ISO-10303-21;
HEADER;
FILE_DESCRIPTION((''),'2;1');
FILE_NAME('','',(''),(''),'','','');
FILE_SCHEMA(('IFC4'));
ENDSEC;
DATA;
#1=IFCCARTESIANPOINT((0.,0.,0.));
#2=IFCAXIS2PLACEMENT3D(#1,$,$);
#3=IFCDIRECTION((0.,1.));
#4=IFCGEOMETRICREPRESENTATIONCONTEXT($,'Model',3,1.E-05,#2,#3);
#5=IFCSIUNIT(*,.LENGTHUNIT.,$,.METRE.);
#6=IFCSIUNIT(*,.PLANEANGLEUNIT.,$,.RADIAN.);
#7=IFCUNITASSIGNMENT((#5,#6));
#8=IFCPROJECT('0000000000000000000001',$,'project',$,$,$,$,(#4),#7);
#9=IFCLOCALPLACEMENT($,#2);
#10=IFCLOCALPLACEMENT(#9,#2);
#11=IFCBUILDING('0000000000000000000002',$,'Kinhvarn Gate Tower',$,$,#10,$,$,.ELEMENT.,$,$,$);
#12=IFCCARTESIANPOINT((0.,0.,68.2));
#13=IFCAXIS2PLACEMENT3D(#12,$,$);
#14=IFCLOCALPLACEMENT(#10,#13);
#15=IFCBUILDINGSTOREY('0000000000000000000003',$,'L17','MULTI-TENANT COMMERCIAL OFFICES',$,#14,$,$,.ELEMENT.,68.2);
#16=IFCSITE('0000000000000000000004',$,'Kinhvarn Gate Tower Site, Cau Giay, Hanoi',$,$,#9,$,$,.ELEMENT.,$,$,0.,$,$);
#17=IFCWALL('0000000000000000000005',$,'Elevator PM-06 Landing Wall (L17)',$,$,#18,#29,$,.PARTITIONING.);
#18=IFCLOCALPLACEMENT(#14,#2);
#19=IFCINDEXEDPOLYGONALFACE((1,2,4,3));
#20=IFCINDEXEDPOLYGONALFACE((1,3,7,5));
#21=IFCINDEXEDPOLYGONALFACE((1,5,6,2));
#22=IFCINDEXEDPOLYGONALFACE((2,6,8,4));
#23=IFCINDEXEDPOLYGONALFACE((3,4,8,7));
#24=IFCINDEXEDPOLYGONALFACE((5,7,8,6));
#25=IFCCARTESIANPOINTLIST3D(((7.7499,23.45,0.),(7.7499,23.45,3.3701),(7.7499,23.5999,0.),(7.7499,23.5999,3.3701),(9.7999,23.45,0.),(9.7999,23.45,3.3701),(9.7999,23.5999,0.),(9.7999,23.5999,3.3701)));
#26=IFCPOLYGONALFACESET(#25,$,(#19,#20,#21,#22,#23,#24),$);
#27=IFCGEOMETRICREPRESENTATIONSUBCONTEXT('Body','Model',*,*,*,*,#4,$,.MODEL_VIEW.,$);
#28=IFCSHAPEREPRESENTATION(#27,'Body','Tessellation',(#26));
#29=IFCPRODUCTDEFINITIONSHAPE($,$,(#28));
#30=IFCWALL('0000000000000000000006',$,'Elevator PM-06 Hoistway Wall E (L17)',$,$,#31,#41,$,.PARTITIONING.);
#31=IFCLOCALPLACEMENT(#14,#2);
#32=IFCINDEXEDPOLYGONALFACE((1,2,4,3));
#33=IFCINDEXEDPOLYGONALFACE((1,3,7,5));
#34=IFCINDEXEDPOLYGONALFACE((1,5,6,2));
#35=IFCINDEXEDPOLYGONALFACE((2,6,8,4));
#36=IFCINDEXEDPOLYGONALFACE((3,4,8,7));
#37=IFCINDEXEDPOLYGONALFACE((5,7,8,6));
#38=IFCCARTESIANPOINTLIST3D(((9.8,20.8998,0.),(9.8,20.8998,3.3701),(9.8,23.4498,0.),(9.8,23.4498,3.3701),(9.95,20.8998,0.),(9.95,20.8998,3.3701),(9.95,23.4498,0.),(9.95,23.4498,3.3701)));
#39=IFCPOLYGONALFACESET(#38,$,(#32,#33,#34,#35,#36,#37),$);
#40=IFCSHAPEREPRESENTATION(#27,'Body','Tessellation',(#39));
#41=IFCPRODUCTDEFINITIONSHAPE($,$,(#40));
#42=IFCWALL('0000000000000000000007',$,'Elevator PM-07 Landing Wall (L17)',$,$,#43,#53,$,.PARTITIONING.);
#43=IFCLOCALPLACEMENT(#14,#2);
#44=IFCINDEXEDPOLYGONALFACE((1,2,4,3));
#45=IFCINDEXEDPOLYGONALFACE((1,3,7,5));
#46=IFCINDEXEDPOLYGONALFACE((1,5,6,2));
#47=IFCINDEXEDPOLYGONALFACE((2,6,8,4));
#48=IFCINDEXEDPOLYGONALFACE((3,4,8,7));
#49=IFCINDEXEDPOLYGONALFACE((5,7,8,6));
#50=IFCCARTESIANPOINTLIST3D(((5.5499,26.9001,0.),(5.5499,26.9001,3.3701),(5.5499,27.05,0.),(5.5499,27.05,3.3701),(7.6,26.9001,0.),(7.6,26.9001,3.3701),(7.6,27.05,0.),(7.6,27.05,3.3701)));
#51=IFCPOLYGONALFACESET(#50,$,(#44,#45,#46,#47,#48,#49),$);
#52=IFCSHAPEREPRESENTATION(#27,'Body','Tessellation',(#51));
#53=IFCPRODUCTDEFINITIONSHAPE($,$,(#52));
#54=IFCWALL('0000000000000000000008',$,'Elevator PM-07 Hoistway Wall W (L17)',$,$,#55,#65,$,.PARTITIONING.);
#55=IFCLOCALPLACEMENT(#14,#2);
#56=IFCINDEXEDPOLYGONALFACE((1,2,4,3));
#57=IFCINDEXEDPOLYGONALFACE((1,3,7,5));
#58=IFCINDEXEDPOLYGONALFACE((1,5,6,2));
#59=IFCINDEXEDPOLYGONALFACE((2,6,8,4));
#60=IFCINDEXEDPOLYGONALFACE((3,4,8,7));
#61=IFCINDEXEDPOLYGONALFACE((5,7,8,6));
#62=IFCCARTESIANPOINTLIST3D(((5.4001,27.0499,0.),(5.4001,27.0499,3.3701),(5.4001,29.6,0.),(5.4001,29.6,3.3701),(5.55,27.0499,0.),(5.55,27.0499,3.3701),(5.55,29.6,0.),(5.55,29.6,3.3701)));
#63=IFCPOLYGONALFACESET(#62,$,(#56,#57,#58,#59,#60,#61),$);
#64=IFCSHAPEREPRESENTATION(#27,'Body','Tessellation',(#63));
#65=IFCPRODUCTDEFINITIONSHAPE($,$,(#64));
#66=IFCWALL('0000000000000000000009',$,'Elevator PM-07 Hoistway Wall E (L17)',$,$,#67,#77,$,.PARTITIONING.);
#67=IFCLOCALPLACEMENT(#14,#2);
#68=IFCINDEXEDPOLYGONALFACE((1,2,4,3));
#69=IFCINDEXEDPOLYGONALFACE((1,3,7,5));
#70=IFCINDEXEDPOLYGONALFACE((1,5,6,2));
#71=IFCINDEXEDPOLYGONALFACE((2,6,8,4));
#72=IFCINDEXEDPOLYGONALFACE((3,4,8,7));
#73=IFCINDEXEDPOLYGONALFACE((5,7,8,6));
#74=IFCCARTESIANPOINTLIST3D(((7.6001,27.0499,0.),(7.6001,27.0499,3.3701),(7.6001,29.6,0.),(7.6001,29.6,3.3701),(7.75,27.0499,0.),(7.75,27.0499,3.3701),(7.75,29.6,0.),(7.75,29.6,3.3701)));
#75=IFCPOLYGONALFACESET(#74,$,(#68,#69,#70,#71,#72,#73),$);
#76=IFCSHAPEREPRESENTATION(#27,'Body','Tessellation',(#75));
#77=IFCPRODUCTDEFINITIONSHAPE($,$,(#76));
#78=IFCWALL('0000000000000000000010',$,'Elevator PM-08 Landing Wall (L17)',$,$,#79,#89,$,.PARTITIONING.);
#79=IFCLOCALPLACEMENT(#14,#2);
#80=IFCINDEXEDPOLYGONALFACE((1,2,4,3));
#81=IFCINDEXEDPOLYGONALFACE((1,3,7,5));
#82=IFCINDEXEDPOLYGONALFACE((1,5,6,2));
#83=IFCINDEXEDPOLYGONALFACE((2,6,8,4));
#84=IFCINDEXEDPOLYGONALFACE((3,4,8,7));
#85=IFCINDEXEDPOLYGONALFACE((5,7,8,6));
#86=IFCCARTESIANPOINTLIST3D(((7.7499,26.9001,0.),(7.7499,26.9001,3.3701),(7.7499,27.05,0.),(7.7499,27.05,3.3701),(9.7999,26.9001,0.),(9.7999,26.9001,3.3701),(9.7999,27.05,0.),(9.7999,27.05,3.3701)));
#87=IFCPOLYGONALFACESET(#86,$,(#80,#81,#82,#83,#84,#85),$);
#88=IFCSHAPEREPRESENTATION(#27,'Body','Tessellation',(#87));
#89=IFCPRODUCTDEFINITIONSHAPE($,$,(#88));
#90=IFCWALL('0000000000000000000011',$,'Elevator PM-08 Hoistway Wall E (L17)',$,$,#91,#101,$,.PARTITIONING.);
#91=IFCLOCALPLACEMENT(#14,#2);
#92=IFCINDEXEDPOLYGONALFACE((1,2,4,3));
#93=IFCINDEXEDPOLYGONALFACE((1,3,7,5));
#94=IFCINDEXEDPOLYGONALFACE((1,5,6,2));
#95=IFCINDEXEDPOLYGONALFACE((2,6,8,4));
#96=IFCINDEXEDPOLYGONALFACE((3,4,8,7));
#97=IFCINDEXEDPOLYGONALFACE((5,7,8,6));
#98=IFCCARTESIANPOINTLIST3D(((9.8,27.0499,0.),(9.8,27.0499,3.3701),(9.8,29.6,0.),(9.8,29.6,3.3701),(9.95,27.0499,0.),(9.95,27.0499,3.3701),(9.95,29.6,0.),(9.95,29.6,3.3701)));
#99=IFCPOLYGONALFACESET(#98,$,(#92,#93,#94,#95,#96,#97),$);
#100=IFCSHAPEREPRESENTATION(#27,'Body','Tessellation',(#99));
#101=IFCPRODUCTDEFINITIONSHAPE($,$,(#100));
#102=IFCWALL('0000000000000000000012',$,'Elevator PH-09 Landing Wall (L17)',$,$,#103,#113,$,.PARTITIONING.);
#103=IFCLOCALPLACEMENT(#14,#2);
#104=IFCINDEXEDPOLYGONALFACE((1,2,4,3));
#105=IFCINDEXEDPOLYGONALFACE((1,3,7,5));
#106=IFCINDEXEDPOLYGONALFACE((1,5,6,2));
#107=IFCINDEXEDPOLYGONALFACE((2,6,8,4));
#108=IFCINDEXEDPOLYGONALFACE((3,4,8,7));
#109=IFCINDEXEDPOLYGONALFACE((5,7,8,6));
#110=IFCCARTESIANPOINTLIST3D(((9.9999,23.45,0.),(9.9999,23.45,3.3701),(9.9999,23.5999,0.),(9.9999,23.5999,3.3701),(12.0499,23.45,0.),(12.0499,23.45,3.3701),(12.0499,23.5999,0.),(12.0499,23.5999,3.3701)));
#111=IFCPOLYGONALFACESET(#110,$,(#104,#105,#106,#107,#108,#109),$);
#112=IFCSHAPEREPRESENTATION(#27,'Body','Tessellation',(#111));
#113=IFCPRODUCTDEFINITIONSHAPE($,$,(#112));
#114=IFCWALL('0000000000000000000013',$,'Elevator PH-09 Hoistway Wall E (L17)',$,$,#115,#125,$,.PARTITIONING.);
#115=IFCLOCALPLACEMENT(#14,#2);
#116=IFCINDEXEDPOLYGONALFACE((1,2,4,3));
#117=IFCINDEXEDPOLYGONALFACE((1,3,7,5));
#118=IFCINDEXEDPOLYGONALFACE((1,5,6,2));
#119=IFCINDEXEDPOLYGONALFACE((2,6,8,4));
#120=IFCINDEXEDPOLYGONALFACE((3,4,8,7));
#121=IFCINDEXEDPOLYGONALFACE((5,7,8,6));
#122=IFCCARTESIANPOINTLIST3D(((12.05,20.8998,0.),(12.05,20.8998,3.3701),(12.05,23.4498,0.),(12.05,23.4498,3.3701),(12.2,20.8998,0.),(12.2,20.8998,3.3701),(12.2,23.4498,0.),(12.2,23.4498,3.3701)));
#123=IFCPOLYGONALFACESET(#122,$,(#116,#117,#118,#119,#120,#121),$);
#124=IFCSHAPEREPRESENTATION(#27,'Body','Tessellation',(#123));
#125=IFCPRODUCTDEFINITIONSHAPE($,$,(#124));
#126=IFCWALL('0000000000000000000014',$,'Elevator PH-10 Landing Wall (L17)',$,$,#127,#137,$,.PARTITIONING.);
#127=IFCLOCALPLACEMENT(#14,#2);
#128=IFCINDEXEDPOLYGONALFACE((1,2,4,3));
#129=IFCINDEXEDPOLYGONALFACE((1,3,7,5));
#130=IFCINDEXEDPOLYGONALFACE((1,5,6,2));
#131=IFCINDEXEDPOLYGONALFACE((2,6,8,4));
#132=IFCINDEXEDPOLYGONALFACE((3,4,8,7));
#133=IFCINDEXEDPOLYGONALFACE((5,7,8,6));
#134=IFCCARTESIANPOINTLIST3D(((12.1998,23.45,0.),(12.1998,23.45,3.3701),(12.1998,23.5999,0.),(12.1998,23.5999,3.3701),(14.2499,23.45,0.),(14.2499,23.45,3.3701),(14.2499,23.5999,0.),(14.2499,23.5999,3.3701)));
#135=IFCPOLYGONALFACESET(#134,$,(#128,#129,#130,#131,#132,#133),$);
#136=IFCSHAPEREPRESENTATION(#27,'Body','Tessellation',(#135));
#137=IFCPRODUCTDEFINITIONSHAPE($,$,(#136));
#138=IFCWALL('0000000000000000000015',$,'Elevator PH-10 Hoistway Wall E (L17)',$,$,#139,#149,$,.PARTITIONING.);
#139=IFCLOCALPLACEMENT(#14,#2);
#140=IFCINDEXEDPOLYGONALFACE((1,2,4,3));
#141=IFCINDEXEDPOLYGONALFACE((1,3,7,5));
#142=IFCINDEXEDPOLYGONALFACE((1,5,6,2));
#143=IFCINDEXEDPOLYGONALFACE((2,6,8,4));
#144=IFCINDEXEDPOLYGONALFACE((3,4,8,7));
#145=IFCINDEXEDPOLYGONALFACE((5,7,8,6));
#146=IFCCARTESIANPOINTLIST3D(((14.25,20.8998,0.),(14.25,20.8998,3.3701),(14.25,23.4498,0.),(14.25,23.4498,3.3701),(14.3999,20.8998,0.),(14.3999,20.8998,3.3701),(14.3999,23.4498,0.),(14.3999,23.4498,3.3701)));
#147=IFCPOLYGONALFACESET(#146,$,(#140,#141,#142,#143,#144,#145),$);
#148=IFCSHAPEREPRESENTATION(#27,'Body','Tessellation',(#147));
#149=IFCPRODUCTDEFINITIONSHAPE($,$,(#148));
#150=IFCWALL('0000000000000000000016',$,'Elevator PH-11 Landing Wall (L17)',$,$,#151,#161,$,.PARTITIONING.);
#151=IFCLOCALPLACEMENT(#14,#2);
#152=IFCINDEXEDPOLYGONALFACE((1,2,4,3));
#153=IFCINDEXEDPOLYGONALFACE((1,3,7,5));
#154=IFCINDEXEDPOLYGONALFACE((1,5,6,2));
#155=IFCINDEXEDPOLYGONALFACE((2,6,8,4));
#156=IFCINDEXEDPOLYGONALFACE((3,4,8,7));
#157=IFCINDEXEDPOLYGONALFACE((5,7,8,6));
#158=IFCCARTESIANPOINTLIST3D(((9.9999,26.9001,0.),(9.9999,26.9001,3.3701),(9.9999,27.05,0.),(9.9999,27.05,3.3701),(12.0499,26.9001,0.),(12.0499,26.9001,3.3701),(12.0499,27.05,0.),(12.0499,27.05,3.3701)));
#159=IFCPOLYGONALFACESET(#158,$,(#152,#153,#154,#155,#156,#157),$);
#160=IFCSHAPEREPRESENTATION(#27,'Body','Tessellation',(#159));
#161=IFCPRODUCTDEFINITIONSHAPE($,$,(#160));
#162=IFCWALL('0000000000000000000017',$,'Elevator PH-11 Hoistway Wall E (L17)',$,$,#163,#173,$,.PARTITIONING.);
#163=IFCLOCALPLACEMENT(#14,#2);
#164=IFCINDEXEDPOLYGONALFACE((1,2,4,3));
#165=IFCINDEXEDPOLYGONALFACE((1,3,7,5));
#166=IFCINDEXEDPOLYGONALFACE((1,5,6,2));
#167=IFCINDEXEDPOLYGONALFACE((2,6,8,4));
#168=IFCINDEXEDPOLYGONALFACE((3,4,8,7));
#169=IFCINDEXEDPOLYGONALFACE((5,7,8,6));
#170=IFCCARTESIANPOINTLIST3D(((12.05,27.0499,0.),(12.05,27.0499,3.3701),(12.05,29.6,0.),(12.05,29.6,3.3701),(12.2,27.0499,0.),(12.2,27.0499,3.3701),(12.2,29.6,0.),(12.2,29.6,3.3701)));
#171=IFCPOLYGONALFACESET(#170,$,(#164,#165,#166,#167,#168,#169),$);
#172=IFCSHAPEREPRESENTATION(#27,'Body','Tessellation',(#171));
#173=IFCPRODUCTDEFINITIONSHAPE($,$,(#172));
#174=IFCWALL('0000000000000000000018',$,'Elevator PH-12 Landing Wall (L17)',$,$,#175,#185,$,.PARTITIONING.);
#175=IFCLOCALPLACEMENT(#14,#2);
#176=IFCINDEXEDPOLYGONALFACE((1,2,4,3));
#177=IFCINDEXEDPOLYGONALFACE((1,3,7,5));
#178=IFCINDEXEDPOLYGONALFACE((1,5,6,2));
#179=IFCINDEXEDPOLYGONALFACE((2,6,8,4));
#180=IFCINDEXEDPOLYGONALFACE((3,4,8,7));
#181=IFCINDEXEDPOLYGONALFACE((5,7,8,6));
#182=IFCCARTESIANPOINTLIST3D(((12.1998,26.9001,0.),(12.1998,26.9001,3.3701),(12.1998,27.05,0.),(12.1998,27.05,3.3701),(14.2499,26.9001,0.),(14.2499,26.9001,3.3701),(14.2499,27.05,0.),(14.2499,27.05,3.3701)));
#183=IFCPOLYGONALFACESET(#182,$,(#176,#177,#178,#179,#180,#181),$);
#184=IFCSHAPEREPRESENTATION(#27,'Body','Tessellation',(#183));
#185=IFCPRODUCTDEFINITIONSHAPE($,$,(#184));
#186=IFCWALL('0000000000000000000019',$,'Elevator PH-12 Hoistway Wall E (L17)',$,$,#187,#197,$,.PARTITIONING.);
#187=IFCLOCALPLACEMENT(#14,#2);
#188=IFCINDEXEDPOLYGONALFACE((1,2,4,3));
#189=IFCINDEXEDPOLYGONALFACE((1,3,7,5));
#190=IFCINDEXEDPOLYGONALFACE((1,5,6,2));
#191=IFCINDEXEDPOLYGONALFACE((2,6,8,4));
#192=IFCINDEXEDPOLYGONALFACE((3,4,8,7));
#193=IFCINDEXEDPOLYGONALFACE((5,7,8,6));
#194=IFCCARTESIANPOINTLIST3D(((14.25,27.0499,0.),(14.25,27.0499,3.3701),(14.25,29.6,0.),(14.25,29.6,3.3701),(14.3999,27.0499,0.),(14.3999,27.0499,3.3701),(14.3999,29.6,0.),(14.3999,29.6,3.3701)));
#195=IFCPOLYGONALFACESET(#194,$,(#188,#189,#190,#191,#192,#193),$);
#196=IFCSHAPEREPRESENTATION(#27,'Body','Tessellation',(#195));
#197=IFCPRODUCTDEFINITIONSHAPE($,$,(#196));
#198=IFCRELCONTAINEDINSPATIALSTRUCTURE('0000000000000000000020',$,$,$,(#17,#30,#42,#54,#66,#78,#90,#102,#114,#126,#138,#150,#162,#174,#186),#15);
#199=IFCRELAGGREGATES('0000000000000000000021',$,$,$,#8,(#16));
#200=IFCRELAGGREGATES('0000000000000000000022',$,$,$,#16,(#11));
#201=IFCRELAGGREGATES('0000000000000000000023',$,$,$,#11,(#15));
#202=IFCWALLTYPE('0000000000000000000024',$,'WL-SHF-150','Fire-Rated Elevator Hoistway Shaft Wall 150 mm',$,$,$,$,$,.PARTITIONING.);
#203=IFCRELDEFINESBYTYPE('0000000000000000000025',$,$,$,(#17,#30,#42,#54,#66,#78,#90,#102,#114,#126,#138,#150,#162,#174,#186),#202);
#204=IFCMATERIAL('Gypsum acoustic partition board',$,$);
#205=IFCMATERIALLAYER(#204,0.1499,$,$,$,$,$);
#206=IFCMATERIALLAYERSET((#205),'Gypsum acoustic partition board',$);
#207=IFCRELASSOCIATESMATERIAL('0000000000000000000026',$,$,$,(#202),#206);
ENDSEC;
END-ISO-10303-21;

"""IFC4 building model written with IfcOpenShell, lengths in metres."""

from ifc_helpers import new_model, si_unit, direction, frame, frame_2d, origin, place, context, subcontext, project, spatial, rectangle, extrude, material, layer, layer_set, type_object, element, save


model = new_model("IFC4")

# Units and contexts
model_context = context("Model", 3, precision=1e-05, world=origin(), true_north=direction((0.0, 1.0)))
body_context = subcontext(model_context, "Body", "Model", "MODEL_VIEW")
ifc_project = project(units=[si_unit("LENGTHUNIT", "METRE"), si_unit("PLANEANGLEUNIT", "RADIAN")], contexts=[model_context])

# Site, building, storey
site_placement = place(None, origin())
site = spatial("IfcSite", under=ifc_project, at=site_placement, Name="Kinhvarn Gate Tower Site, Cau Giay, Hanoi", CompositionType="ELEMENT", RefElevation=0.0)
building_placement = place(site_placement, origin())
building = spatial("IfcBuilding", under=site, at=building_placement, Name="Kinhvarn Gate Tower", CompositionType="ELEMENT")
storey_placement = place(building_placement, frame((0.0, 0.0, 68.2)))
storey = spatial("IfcBuildingStorey", under=building, at=storey_placement, Name="L17", Description="MULTI-TENANT COMMERCIAL OFFICES", CompositionType="ELEMENT", Elevation=68.2)

# Shared definitions
ifc_material_1 = material(Name="Gypsum acoustic partition board")

# Walls
ifc_layer_1 = layer(ifc_material_1, 0.1499)
ifc_layer_set_1 = layer_set([ifc_layer_1], Name="Gypsum acoustic partition board")
wall_type_1 = type_object("IfcWallType", Name="WL-SHF-150", Description="Fire-Rated Elevator Hoistway Shaft Wall 150 mm", PredefinedType="PARTITIONING", material=ifc_layer_set_1)
wall_1_placement = place(storey_placement, frame((7.75, 23.5249, 0.0), z_axis=(0.0, 0.0, 1.0), x_axis=(1.0, 0.0, 0.0)))
element("IfcWall", 1, at=wall_1_placement, inside=storey, type_object=wall_type_1, Name="Elevator PM-06 Landing Wall (L17)", PredefinedType="PARTITIONING", context=body_context, shape_type="SweptSolid", body=[
    extrude(rectangle(XDim=2.05, YDim=0.1499, at=frame_2d((1.0249, 0.0))), origin(), (0.0, 0.0, 1.0), 3.3701),
])
wall_2_placement = place(storey_placement, frame((9.875, 20.8999, 0.0), z_axis=(0.0, 0.0, 1.0), x_axis=(0.0, 1.0, 0.0)))
element("IfcWall", 2, at=wall_2_placement, inside=storey, type_object=wall_type_1, Name="Elevator PM-06 Hoistway Wall E (L17)", PredefinedType="PARTITIONING", context=body_context, shape_type="SweptSolid", body=[
    extrude(rectangle(XDim=2.55, YDim=0.1499, at=frame_2d((1.2749, 0.0))), origin(), (0.0, 0.0, 1.0), 3.3701),
])
wall_3_placement = place(storey_placement, frame((5.55, 26.9751, 0.0), z_axis=(0.0, 0.0, 1.0), x_axis=(1.0, 0.0, 0.0)))
element("IfcWall", 3, at=wall_3_placement, inside=storey, type_object=wall_type_1, Name="Elevator PM-07 Landing Wall (L17)", PredefinedType="PARTITIONING", context=body_context, shape_type="SweptSolid", body=[
    extrude(rectangle(XDim=2.05, YDim=0.1499, at=frame_2d((1.0249, 0.0))), origin(), (0.0, 0.0, 1.0), 3.3701),
])
for number, where, z_axis, x_axis, name in (
    (4, (5.4751, 27.05, 0.0), (0.0, 0.0, 1.0), (0.0, 1.0, 0.0), "Elevator PM-07 Hoistway Wall W (L17)"),
    (5, (7.675, 27.05, 0.0), (0.0, 0.0, 1.0), (0.0, 1.0, 0.0), "Elevator PM-07 Hoistway Wall E (L17)"),
):
    element("IfcWall", number, at=place(storey_placement, frame(where, z_axis=z_axis, x_axis=x_axis)), inside=storey, type_object=wall_type_1, Name=name, PredefinedType="PARTITIONING", context=body_context, shape_type="SweptSolid", body=[
        extrude(rectangle(XDim=2.55, YDim=0.1499, at=frame_2d((1.2749, 0.0))), origin(), (0.0, 0.0, 1.0), 3.3701),
    ])
wall_4_placement = place(storey_placement, frame((7.75, 26.9751, 0.0), z_axis=(0.0, 0.0, 1.0), x_axis=(1.0, 0.0, 0.0)))
element("IfcWall", 6, at=wall_4_placement, inside=storey, type_object=wall_type_1, Name="Elevator PM-08 Landing Wall (L17)", PredefinedType="PARTITIONING", context=body_context, shape_type="SweptSolid", body=[
    extrude(rectangle(XDim=2.05, YDim=0.1499, at=frame_2d((1.0249, 0.0))), origin(), (0.0, 0.0, 1.0), 3.3701),
])
wall_5_placement = place(storey_placement, frame((9.875, 27.05, 0.0), z_axis=(0.0, 0.0, 1.0), x_axis=(0.0, 1.0, 0.0)))
element("IfcWall", 7, at=wall_5_placement, inside=storey, type_object=wall_type_1, Name="Elevator PM-08 Hoistway Wall E (L17)", PredefinedType="PARTITIONING", context=body_context, shape_type="SweptSolid", body=[
    extrude(rectangle(XDim=2.55, YDim=0.1499, at=frame_2d((1.2749, 0.0))), origin(), (0.0, 0.0, 1.0), 3.3701),
])
wall_6_placement = place(storey_placement, frame((10.0, 23.5249, 0.0), z_axis=(0.0, 0.0, 1.0), x_axis=(1.0, 0.0, 0.0)))
element("IfcWall", 8, at=wall_6_placement, inside=storey, type_object=wall_type_1, Name="Elevator PH-09 Landing Wall (L17)", PredefinedType="PARTITIONING", context=body_context, shape_type="SweptSolid", body=[
    extrude(rectangle(XDim=2.05, YDim=0.1499, at=frame_2d((1.0249, 0.0))), origin(), (0.0, 0.0, 1.0), 3.3701),
])
wall_7_placement = place(storey_placement, frame((12.125, 20.8999, 0.0), z_axis=(0.0, 0.0, 1.0), x_axis=(0.0, 1.0, 0.0)))
element("IfcWall", 9, at=wall_7_placement, inside=storey, type_object=wall_type_1, Name="Elevator PH-09 Hoistway Wall E (L17)", PredefinedType="PARTITIONING", context=body_context, shape_type="SweptSolid", body=[
    extrude(rectangle(XDim=2.55, YDim=0.1499, at=frame_2d((1.2749, 0.0))), origin(), (0.0, 0.0, 1.0), 3.3701),
])
wall_8_placement = place(storey_placement, frame((12.2, 23.5249, 0.0), z_axis=(0.0, 0.0, 1.0), x_axis=(1.0, 0.0, 0.0)))
element("IfcWall", 10, at=wall_8_placement, inside=storey, type_object=wall_type_1, Name="Elevator PH-10 Landing Wall (L17)", PredefinedType="PARTITIONING", context=body_context, shape_type="SweptSolid", body=[
    extrude(rectangle(XDim=2.05, YDim=0.1499, at=frame_2d((1.0249, 0.0))), origin(), (0.0, 0.0, 1.0), 3.3701),
])
wall_9_placement = place(storey_placement, frame((14.325, 20.8999, 0.0), z_axis=(0.0, 0.0, 1.0), x_axis=(0.0, 1.0, 0.0)))
element("IfcWall", 11, at=wall_9_placement, inside=storey, type_object=wall_type_1, Name="Elevator PH-10 Hoistway Wall E (L17)", PredefinedType="PARTITIONING", context=body_context, shape_type="SweptSolid", body=[
    extrude(rectangle(XDim=2.55, YDim=0.1499, at=frame_2d((1.2749, 0.0))), origin(), (0.0, 0.0, 1.0), 3.3701),
])
wall_10_placement = place(storey_placement, frame((10.0, 26.9751, 0.0), z_axis=(0.0, 0.0, 1.0), x_axis=(1.0, 0.0, 0.0)))
element("IfcWall", 12, at=wall_10_placement, inside=storey, type_object=wall_type_1, Name="Elevator PH-11 Landing Wall (L17)", PredefinedType="PARTITIONING", context=body_context, shape_type="SweptSolid", body=[
    extrude(rectangle(XDim=2.05, YDim=0.1499, at=frame_2d((1.0249, 0.0))), origin(), (0.0, 0.0, 1.0), 3.3701),
])
wall_11_placement = place(storey_placement, frame((12.125, 27.05, 0.0), z_axis=(0.0, 0.0, 1.0), x_axis=(0.0, 1.0, 0.0)))
element("IfcWall", 13, at=wall_11_placement, inside=storey, type_object=wall_type_1, Name="Elevator PH-11 Hoistway Wall E (L17)", PredefinedType="PARTITIONING", context=body_context, shape_type="SweptSolid", body=[
    extrude(rectangle(XDim=2.55, YDim=0.1499, at=frame_2d((1.2749, 0.0))), origin(), (0.0, 0.0, 1.0), 3.3701),
])
wall_12_placement = place(storey_placement, frame((12.2, 26.9751, 0.0), z_axis=(0.0, 0.0, 1.0), x_axis=(1.0, 0.0, 0.0)))
element("IfcWall", 14, at=wall_12_placement, inside=storey, type_object=wall_type_1, Name="Elevator PH-12 Landing Wall (L17)", PredefinedType="PARTITIONING", context=body_context, shape_type="SweptSolid", body=[
    extrude(rectangle(XDim=2.05, YDim=0.1499, at=frame_2d((1.0249, 0.0))), origin(), (0.0, 0.0, 1.0), 3.3701),
])
wall_13_placement = place(storey_placement, frame((14.325, 27.05, 0.0), z_axis=(0.0, 0.0, 1.0), x_axis=(0.0, 1.0, 0.0)))
element("IfcWall", 15, at=wall_13_placement, inside=storey, type_object=wall_type_1, Name="Elevator PH-12 Hoistway Wall E (L17)", PredefinedType="PARTITIONING", context=body_context, shape_type="SweptSolid", body=[
    extrude(rectangle(XDim=2.55, YDim=0.1499, at=frame_2d((1.2749, 0.0))), origin(), (0.0, 0.0, 1.0), 3.3701),
])

save(model, "model.ifc")
